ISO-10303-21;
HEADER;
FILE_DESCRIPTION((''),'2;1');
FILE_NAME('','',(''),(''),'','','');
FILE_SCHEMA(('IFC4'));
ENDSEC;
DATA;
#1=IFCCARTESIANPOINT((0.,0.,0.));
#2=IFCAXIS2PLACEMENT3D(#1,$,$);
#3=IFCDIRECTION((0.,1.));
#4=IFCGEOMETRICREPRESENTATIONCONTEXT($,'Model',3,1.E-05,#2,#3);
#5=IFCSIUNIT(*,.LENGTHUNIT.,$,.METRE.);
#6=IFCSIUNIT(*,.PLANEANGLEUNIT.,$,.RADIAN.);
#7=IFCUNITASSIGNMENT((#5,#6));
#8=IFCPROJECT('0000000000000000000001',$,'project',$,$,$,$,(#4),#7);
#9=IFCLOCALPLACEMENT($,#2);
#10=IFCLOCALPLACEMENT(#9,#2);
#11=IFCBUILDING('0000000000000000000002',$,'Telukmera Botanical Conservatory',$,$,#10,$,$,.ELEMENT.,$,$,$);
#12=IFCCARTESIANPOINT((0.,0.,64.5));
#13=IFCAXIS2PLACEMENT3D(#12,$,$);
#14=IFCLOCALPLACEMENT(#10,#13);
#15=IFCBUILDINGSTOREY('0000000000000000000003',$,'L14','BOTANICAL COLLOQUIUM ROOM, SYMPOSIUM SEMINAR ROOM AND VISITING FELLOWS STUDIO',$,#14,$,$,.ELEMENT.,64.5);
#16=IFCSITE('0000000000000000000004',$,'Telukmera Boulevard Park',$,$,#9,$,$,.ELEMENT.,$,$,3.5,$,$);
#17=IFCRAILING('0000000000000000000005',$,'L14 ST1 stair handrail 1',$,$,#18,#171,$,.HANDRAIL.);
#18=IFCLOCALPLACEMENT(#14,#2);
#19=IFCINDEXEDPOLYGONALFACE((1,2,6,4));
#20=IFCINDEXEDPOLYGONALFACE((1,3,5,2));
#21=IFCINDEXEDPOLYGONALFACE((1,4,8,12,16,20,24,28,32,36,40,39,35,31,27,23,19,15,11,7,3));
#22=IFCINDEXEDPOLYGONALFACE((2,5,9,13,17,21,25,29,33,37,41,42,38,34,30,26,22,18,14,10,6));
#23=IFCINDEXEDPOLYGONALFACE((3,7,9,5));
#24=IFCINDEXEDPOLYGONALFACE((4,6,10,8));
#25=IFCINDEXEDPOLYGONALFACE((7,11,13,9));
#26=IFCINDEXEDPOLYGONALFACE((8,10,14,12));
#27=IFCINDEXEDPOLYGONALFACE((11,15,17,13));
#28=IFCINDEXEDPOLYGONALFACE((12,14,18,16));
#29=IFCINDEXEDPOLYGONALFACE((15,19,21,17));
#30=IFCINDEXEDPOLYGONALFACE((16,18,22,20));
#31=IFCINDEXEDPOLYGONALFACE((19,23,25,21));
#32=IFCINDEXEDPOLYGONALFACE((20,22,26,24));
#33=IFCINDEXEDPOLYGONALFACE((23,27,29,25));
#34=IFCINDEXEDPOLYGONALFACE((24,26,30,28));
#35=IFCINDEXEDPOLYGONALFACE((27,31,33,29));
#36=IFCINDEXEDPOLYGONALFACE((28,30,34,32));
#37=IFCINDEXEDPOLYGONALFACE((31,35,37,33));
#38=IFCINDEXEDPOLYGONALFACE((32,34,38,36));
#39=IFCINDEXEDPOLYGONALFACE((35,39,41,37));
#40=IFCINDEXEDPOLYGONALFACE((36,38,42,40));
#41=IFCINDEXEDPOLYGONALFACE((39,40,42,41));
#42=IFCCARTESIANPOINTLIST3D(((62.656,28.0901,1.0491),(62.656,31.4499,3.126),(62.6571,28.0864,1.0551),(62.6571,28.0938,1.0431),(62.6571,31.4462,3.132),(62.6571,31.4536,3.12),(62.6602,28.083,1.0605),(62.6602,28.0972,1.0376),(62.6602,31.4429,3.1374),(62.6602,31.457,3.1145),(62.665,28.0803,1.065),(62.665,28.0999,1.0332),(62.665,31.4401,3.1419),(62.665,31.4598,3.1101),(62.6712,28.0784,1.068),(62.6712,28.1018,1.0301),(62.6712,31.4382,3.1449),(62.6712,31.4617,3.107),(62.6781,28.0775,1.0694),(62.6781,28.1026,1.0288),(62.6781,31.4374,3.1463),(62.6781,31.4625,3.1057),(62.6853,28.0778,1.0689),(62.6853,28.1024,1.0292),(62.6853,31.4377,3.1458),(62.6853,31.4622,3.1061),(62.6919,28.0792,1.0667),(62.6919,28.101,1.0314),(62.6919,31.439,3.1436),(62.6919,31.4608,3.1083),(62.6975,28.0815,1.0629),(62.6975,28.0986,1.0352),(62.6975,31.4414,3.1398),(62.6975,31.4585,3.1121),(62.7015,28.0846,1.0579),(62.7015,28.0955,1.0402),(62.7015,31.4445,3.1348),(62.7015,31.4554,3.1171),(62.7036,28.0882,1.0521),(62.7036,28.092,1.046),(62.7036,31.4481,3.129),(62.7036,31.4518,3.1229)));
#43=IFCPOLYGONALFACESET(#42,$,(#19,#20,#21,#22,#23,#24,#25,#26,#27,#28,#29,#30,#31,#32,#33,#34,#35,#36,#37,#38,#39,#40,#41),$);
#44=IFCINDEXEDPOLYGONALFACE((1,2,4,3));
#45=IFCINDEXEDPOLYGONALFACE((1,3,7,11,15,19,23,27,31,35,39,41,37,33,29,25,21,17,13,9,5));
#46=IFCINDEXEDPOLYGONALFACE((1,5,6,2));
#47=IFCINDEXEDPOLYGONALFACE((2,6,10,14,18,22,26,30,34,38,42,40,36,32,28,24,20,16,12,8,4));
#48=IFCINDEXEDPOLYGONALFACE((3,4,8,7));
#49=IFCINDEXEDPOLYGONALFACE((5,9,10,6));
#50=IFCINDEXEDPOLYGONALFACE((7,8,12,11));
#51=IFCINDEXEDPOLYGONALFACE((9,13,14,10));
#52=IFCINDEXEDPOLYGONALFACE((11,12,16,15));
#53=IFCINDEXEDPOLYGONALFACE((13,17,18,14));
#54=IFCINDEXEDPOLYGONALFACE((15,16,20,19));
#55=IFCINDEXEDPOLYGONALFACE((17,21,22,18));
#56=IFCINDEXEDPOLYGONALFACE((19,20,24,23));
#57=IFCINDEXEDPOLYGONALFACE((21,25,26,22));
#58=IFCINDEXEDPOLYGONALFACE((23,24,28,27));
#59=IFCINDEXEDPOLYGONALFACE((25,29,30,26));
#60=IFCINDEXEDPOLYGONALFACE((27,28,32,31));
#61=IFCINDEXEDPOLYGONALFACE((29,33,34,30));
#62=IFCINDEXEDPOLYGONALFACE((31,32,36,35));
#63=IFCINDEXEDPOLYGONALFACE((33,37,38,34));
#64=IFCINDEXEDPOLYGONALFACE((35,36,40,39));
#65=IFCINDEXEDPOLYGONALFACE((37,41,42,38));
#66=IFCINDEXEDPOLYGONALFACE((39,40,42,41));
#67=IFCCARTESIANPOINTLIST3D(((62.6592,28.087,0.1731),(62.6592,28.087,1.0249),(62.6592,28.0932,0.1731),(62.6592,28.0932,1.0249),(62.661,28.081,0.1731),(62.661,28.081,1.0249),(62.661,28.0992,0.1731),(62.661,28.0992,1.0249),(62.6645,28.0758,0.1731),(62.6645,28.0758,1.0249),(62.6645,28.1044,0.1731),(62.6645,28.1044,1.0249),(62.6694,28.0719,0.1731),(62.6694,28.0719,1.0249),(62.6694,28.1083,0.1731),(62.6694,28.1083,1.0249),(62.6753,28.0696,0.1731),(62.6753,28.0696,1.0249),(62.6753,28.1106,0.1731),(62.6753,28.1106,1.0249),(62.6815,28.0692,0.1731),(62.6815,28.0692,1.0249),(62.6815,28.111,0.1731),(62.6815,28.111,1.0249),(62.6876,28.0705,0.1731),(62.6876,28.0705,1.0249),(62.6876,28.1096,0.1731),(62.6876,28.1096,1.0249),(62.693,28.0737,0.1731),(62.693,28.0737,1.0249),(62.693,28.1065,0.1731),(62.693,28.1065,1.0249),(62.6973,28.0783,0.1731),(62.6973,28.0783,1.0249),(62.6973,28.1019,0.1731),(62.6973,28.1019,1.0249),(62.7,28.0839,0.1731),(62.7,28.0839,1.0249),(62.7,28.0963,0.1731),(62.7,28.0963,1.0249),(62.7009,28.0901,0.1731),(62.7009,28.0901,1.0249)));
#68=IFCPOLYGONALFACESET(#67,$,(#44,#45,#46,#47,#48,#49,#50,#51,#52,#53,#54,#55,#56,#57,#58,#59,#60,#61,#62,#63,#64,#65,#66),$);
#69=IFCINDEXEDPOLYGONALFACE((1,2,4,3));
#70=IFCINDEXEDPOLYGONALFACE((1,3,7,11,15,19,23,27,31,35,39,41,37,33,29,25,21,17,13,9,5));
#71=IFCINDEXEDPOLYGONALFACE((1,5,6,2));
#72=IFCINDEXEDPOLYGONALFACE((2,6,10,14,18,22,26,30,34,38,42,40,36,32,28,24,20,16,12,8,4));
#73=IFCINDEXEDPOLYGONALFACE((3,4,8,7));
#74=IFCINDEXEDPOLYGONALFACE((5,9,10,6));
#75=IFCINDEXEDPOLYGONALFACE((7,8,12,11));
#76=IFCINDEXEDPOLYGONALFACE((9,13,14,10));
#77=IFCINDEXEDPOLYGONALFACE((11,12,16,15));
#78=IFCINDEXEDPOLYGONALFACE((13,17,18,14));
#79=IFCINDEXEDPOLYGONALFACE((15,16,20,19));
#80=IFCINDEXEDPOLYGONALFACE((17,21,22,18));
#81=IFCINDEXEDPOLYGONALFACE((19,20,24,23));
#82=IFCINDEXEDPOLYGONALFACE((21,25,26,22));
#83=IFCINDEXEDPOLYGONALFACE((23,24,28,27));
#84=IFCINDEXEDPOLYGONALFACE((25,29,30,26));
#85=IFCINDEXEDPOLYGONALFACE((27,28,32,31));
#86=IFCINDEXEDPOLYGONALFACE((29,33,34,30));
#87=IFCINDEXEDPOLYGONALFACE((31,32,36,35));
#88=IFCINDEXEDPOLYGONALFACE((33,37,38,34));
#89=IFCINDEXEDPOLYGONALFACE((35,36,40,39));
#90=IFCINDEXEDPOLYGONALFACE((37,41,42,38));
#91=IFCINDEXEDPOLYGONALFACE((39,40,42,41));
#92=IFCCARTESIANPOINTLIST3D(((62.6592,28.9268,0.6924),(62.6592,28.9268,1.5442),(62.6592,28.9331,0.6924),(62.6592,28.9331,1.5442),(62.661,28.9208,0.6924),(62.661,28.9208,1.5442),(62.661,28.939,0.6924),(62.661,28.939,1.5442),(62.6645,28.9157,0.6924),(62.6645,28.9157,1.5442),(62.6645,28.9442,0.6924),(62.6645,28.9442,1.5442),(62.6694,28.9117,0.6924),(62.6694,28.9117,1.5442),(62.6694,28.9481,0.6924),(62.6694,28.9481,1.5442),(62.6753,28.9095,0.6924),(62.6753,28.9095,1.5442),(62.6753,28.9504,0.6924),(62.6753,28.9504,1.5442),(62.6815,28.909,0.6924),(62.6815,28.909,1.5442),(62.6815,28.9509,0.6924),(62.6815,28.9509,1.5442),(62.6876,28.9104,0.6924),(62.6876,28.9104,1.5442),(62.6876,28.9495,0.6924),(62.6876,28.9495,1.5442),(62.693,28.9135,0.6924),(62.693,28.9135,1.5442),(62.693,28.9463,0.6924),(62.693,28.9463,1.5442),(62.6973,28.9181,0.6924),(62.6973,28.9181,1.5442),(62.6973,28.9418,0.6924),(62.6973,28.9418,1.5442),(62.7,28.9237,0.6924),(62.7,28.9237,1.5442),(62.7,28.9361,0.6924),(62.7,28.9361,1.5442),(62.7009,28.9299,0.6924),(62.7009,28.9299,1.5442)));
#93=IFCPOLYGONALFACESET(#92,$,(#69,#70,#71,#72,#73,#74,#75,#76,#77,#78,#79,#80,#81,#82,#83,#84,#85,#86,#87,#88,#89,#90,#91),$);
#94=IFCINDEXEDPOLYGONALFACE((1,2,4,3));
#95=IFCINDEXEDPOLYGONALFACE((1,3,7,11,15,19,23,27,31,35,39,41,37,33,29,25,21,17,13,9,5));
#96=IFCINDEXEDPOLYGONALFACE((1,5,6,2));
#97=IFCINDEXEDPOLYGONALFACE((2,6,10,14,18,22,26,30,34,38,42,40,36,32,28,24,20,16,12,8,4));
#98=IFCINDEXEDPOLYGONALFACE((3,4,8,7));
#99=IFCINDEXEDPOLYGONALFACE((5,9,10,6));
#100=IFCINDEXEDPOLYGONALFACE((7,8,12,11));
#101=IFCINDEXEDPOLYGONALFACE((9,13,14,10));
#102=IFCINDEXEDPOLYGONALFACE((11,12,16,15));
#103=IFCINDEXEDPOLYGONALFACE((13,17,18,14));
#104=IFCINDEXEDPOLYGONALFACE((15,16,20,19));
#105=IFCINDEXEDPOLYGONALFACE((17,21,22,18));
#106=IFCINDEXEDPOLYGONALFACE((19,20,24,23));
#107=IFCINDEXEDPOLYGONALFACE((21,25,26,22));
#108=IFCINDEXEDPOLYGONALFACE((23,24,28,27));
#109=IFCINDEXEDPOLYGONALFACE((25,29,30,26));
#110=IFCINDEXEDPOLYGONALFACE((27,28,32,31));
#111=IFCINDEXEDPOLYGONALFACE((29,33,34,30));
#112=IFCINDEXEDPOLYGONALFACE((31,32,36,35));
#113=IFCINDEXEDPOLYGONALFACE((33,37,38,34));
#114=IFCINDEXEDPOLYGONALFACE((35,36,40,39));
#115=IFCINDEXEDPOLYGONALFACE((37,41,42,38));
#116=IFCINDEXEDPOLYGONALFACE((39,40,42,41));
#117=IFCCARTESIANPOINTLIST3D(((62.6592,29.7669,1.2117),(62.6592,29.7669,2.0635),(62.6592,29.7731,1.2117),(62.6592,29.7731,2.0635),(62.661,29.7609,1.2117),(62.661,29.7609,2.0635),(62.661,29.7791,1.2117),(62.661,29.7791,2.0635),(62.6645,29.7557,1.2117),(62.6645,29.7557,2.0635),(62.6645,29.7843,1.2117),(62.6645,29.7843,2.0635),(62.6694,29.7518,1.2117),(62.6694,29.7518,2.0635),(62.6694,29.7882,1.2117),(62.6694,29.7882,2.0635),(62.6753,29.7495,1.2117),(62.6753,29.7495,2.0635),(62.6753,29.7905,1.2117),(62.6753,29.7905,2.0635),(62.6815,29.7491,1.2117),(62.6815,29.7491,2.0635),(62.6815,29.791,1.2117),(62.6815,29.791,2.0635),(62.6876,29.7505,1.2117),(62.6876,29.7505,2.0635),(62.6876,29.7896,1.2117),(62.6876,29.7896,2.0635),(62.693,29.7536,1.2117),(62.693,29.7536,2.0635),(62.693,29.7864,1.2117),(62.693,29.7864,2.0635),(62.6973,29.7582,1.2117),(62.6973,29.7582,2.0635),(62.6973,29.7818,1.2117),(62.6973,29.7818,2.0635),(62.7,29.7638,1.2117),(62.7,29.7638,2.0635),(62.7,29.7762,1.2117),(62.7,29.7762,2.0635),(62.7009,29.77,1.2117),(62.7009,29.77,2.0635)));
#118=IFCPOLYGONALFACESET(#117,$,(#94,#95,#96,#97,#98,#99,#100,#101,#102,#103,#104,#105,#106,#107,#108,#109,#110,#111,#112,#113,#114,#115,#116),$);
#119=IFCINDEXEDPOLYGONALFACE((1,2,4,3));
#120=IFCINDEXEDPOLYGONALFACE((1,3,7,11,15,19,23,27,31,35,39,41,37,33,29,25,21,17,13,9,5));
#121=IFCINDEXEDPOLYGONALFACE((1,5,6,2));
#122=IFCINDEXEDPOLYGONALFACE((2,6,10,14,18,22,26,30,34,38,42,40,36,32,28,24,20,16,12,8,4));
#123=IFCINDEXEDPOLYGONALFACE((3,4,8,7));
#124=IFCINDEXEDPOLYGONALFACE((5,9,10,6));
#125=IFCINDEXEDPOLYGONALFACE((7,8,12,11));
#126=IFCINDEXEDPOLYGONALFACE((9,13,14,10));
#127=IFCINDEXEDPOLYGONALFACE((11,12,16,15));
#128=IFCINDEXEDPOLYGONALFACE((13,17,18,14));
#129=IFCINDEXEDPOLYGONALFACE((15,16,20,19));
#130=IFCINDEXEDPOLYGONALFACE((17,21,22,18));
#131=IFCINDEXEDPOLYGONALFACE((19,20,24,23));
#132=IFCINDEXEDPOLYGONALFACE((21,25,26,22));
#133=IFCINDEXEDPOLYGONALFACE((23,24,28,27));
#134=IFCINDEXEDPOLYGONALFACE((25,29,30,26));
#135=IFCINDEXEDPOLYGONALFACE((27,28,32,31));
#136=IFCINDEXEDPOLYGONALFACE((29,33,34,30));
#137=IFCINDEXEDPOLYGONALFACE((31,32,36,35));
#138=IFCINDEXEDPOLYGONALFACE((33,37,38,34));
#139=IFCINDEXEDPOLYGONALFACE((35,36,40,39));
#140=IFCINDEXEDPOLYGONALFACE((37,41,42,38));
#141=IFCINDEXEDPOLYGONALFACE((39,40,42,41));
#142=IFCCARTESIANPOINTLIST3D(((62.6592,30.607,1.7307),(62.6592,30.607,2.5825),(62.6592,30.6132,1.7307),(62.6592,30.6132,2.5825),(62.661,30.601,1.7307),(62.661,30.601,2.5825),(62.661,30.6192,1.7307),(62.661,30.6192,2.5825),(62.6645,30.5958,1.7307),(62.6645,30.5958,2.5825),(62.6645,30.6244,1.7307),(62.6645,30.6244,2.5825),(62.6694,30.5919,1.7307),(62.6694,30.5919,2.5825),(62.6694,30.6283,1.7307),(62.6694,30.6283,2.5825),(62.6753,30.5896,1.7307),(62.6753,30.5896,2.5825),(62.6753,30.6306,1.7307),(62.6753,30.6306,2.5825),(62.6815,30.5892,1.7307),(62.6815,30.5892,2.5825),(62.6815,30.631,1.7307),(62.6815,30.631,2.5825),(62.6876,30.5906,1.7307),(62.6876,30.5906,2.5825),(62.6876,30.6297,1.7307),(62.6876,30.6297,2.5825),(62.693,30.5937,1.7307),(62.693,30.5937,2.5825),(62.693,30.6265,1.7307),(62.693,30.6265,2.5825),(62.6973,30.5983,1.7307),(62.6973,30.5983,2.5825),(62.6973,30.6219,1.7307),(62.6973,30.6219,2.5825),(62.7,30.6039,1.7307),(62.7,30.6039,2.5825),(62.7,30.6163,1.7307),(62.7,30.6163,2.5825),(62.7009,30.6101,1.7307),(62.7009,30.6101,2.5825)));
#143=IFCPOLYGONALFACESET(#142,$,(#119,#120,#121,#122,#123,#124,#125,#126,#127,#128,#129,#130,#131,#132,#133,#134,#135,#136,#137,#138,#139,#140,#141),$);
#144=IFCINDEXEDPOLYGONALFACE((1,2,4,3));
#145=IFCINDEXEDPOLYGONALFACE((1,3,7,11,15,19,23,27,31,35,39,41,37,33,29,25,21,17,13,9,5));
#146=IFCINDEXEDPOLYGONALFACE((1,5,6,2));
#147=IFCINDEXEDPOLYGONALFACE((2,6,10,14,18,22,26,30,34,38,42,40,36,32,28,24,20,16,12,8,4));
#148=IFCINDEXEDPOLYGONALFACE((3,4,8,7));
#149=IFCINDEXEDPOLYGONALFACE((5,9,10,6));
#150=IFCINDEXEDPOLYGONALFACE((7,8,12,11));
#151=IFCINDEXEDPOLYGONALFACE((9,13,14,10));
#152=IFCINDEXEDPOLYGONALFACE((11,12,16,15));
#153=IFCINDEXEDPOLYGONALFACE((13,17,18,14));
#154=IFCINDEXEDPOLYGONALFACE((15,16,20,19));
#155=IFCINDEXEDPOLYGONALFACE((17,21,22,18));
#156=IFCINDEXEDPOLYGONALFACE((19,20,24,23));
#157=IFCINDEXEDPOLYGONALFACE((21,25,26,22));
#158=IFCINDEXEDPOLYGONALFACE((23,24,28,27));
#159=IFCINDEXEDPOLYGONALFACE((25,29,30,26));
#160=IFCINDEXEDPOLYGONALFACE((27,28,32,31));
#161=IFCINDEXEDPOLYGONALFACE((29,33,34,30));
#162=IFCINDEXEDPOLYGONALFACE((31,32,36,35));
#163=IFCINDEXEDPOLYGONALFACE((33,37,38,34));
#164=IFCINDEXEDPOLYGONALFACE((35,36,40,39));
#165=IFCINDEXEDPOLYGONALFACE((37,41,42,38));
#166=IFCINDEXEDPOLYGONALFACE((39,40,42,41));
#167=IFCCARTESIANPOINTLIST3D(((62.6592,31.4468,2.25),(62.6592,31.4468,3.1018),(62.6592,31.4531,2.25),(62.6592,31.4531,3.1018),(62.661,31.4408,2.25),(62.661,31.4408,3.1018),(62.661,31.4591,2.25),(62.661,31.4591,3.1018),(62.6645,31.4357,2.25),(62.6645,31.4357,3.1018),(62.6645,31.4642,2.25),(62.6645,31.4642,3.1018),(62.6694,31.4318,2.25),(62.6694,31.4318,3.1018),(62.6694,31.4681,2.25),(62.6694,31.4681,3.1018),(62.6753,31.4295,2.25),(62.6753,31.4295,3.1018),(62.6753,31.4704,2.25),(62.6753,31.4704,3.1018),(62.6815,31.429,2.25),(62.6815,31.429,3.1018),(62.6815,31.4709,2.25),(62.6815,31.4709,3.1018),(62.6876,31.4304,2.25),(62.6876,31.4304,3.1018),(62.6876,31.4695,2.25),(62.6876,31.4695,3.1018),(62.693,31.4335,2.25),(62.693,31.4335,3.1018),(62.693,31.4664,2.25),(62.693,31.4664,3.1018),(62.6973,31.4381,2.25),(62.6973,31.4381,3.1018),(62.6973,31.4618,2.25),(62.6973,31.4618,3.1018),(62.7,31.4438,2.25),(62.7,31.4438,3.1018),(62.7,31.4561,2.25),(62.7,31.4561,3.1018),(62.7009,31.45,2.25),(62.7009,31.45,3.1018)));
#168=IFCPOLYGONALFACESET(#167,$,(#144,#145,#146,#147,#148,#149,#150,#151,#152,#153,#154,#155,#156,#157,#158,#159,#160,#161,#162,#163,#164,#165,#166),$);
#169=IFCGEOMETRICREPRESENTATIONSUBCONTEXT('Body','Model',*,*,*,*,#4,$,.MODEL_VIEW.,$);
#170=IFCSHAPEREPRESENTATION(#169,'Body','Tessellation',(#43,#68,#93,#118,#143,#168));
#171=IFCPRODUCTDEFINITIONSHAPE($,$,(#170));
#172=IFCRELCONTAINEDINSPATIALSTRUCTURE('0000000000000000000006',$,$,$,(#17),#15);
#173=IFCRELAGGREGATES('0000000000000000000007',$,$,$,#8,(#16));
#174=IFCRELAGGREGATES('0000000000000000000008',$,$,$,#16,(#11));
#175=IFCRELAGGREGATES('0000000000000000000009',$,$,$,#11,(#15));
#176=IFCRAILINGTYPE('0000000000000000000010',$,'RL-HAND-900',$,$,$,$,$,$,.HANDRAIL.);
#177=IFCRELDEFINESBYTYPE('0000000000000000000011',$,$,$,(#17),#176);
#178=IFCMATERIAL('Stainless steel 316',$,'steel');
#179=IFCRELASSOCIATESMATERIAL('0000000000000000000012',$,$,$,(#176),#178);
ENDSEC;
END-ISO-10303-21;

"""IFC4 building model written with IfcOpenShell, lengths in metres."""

from ifc_helpers import new_model, si_unit, direction, frame, origin, origin_2d, place, context, subcontext, project, spatial, circle, extrude, material, type_object, element, save


model = new_model("IFC4")

# Units and contexts
model_context = context("Model", 3, precision=1e-05, world=origin(), true_north=direction((0.0, 1.0)))
body_context = subcontext(model_context, "Body", "Model", "MODEL_VIEW")
ifc_project = project(units=[si_unit("LENGTHUNIT", "METRE"), si_unit("PLANEANGLEUNIT", "RADIAN")], contexts=[model_context])

# Site, building, storey
site_placement = place(None, origin())
site = spatial("IfcSite", under=ifc_project, at=site_placement, Name="Telukmera Boulevard Park", CompositionType="ELEMENT", RefElevation=3.5)
building_placement = place(site_placement, origin())
building = spatial("IfcBuilding", under=site, at=building_placement, Name="Telukmera Botanical Conservatory", CompositionType="ELEMENT")
storey_placement = place(building_placement, frame((0.0, 0.0, 64.5)))
storey = spatial("IfcBuildingStorey", under=building, at=storey_placement, Name="L14", Description="BOTANICAL COLLOQUIUM ROOM, SYMPOSIUM SEMINAR ROOM AND VISITING FELLOWS STUDIO", CompositionType="ELEMENT", Elevation=64.5)

# Railing
ifc_material_1 = material(Name="Stainless steel 316", Category="steel")
railing_type_1 = type_object("IfcRailingType", Name="RL-HAND-900", PredefinedType="HANDRAIL", material=ifc_material_1)
railing_1_placement = place(storey_placement, frame((62.6799, 28.0901, 0.1731)))
element("IfcRailing", 1, at=railing_1_placement, inside=storey, type_object=railing_type_1, Name="L14 ST1 stair handrail 1", PredefinedType="HANDRAIL", context=body_context, shape_type="SweptSolid", body=[
    extrude(circle(Radius=0.0239, at=origin_2d()), frame((0.0, 0.0, 0.876), z_axis=(0.0, 0.850606, 0.525803), x_axis=(-1.0, 0.0, 0.0)), (0.0, 0.0, 1.0), 3.95),
    extrude(circle(Radius=0.021, at=origin_2d()), origin(), (0.0, 0.0, 1.0), 0.8518),
    extrude(circle(Radius=0.021, at=origin_2d()), frame((0.0, 0.8398, 0.5193)), (0.0, 0.0, 1.0), 0.8518),
    extrude(circle(Radius=0.021, at=origin_2d()), frame((0.0, 1.6799, 1.0386)), (0.0, 0.0, 1.0), 0.8518),
    extrude(circle(Radius=0.021, at=origin_2d()), frame((0.0, 2.52, 1.5576)), (0.0, 0.0, 1.0), 0.8518),
    extrude(circle(Radius=0.021, at=origin_2d()), frame((0.0, 3.3599, 2.0769)), (0.0, 0.0, 1.0), 0.8518),
])

save(model, "model.ifc")
